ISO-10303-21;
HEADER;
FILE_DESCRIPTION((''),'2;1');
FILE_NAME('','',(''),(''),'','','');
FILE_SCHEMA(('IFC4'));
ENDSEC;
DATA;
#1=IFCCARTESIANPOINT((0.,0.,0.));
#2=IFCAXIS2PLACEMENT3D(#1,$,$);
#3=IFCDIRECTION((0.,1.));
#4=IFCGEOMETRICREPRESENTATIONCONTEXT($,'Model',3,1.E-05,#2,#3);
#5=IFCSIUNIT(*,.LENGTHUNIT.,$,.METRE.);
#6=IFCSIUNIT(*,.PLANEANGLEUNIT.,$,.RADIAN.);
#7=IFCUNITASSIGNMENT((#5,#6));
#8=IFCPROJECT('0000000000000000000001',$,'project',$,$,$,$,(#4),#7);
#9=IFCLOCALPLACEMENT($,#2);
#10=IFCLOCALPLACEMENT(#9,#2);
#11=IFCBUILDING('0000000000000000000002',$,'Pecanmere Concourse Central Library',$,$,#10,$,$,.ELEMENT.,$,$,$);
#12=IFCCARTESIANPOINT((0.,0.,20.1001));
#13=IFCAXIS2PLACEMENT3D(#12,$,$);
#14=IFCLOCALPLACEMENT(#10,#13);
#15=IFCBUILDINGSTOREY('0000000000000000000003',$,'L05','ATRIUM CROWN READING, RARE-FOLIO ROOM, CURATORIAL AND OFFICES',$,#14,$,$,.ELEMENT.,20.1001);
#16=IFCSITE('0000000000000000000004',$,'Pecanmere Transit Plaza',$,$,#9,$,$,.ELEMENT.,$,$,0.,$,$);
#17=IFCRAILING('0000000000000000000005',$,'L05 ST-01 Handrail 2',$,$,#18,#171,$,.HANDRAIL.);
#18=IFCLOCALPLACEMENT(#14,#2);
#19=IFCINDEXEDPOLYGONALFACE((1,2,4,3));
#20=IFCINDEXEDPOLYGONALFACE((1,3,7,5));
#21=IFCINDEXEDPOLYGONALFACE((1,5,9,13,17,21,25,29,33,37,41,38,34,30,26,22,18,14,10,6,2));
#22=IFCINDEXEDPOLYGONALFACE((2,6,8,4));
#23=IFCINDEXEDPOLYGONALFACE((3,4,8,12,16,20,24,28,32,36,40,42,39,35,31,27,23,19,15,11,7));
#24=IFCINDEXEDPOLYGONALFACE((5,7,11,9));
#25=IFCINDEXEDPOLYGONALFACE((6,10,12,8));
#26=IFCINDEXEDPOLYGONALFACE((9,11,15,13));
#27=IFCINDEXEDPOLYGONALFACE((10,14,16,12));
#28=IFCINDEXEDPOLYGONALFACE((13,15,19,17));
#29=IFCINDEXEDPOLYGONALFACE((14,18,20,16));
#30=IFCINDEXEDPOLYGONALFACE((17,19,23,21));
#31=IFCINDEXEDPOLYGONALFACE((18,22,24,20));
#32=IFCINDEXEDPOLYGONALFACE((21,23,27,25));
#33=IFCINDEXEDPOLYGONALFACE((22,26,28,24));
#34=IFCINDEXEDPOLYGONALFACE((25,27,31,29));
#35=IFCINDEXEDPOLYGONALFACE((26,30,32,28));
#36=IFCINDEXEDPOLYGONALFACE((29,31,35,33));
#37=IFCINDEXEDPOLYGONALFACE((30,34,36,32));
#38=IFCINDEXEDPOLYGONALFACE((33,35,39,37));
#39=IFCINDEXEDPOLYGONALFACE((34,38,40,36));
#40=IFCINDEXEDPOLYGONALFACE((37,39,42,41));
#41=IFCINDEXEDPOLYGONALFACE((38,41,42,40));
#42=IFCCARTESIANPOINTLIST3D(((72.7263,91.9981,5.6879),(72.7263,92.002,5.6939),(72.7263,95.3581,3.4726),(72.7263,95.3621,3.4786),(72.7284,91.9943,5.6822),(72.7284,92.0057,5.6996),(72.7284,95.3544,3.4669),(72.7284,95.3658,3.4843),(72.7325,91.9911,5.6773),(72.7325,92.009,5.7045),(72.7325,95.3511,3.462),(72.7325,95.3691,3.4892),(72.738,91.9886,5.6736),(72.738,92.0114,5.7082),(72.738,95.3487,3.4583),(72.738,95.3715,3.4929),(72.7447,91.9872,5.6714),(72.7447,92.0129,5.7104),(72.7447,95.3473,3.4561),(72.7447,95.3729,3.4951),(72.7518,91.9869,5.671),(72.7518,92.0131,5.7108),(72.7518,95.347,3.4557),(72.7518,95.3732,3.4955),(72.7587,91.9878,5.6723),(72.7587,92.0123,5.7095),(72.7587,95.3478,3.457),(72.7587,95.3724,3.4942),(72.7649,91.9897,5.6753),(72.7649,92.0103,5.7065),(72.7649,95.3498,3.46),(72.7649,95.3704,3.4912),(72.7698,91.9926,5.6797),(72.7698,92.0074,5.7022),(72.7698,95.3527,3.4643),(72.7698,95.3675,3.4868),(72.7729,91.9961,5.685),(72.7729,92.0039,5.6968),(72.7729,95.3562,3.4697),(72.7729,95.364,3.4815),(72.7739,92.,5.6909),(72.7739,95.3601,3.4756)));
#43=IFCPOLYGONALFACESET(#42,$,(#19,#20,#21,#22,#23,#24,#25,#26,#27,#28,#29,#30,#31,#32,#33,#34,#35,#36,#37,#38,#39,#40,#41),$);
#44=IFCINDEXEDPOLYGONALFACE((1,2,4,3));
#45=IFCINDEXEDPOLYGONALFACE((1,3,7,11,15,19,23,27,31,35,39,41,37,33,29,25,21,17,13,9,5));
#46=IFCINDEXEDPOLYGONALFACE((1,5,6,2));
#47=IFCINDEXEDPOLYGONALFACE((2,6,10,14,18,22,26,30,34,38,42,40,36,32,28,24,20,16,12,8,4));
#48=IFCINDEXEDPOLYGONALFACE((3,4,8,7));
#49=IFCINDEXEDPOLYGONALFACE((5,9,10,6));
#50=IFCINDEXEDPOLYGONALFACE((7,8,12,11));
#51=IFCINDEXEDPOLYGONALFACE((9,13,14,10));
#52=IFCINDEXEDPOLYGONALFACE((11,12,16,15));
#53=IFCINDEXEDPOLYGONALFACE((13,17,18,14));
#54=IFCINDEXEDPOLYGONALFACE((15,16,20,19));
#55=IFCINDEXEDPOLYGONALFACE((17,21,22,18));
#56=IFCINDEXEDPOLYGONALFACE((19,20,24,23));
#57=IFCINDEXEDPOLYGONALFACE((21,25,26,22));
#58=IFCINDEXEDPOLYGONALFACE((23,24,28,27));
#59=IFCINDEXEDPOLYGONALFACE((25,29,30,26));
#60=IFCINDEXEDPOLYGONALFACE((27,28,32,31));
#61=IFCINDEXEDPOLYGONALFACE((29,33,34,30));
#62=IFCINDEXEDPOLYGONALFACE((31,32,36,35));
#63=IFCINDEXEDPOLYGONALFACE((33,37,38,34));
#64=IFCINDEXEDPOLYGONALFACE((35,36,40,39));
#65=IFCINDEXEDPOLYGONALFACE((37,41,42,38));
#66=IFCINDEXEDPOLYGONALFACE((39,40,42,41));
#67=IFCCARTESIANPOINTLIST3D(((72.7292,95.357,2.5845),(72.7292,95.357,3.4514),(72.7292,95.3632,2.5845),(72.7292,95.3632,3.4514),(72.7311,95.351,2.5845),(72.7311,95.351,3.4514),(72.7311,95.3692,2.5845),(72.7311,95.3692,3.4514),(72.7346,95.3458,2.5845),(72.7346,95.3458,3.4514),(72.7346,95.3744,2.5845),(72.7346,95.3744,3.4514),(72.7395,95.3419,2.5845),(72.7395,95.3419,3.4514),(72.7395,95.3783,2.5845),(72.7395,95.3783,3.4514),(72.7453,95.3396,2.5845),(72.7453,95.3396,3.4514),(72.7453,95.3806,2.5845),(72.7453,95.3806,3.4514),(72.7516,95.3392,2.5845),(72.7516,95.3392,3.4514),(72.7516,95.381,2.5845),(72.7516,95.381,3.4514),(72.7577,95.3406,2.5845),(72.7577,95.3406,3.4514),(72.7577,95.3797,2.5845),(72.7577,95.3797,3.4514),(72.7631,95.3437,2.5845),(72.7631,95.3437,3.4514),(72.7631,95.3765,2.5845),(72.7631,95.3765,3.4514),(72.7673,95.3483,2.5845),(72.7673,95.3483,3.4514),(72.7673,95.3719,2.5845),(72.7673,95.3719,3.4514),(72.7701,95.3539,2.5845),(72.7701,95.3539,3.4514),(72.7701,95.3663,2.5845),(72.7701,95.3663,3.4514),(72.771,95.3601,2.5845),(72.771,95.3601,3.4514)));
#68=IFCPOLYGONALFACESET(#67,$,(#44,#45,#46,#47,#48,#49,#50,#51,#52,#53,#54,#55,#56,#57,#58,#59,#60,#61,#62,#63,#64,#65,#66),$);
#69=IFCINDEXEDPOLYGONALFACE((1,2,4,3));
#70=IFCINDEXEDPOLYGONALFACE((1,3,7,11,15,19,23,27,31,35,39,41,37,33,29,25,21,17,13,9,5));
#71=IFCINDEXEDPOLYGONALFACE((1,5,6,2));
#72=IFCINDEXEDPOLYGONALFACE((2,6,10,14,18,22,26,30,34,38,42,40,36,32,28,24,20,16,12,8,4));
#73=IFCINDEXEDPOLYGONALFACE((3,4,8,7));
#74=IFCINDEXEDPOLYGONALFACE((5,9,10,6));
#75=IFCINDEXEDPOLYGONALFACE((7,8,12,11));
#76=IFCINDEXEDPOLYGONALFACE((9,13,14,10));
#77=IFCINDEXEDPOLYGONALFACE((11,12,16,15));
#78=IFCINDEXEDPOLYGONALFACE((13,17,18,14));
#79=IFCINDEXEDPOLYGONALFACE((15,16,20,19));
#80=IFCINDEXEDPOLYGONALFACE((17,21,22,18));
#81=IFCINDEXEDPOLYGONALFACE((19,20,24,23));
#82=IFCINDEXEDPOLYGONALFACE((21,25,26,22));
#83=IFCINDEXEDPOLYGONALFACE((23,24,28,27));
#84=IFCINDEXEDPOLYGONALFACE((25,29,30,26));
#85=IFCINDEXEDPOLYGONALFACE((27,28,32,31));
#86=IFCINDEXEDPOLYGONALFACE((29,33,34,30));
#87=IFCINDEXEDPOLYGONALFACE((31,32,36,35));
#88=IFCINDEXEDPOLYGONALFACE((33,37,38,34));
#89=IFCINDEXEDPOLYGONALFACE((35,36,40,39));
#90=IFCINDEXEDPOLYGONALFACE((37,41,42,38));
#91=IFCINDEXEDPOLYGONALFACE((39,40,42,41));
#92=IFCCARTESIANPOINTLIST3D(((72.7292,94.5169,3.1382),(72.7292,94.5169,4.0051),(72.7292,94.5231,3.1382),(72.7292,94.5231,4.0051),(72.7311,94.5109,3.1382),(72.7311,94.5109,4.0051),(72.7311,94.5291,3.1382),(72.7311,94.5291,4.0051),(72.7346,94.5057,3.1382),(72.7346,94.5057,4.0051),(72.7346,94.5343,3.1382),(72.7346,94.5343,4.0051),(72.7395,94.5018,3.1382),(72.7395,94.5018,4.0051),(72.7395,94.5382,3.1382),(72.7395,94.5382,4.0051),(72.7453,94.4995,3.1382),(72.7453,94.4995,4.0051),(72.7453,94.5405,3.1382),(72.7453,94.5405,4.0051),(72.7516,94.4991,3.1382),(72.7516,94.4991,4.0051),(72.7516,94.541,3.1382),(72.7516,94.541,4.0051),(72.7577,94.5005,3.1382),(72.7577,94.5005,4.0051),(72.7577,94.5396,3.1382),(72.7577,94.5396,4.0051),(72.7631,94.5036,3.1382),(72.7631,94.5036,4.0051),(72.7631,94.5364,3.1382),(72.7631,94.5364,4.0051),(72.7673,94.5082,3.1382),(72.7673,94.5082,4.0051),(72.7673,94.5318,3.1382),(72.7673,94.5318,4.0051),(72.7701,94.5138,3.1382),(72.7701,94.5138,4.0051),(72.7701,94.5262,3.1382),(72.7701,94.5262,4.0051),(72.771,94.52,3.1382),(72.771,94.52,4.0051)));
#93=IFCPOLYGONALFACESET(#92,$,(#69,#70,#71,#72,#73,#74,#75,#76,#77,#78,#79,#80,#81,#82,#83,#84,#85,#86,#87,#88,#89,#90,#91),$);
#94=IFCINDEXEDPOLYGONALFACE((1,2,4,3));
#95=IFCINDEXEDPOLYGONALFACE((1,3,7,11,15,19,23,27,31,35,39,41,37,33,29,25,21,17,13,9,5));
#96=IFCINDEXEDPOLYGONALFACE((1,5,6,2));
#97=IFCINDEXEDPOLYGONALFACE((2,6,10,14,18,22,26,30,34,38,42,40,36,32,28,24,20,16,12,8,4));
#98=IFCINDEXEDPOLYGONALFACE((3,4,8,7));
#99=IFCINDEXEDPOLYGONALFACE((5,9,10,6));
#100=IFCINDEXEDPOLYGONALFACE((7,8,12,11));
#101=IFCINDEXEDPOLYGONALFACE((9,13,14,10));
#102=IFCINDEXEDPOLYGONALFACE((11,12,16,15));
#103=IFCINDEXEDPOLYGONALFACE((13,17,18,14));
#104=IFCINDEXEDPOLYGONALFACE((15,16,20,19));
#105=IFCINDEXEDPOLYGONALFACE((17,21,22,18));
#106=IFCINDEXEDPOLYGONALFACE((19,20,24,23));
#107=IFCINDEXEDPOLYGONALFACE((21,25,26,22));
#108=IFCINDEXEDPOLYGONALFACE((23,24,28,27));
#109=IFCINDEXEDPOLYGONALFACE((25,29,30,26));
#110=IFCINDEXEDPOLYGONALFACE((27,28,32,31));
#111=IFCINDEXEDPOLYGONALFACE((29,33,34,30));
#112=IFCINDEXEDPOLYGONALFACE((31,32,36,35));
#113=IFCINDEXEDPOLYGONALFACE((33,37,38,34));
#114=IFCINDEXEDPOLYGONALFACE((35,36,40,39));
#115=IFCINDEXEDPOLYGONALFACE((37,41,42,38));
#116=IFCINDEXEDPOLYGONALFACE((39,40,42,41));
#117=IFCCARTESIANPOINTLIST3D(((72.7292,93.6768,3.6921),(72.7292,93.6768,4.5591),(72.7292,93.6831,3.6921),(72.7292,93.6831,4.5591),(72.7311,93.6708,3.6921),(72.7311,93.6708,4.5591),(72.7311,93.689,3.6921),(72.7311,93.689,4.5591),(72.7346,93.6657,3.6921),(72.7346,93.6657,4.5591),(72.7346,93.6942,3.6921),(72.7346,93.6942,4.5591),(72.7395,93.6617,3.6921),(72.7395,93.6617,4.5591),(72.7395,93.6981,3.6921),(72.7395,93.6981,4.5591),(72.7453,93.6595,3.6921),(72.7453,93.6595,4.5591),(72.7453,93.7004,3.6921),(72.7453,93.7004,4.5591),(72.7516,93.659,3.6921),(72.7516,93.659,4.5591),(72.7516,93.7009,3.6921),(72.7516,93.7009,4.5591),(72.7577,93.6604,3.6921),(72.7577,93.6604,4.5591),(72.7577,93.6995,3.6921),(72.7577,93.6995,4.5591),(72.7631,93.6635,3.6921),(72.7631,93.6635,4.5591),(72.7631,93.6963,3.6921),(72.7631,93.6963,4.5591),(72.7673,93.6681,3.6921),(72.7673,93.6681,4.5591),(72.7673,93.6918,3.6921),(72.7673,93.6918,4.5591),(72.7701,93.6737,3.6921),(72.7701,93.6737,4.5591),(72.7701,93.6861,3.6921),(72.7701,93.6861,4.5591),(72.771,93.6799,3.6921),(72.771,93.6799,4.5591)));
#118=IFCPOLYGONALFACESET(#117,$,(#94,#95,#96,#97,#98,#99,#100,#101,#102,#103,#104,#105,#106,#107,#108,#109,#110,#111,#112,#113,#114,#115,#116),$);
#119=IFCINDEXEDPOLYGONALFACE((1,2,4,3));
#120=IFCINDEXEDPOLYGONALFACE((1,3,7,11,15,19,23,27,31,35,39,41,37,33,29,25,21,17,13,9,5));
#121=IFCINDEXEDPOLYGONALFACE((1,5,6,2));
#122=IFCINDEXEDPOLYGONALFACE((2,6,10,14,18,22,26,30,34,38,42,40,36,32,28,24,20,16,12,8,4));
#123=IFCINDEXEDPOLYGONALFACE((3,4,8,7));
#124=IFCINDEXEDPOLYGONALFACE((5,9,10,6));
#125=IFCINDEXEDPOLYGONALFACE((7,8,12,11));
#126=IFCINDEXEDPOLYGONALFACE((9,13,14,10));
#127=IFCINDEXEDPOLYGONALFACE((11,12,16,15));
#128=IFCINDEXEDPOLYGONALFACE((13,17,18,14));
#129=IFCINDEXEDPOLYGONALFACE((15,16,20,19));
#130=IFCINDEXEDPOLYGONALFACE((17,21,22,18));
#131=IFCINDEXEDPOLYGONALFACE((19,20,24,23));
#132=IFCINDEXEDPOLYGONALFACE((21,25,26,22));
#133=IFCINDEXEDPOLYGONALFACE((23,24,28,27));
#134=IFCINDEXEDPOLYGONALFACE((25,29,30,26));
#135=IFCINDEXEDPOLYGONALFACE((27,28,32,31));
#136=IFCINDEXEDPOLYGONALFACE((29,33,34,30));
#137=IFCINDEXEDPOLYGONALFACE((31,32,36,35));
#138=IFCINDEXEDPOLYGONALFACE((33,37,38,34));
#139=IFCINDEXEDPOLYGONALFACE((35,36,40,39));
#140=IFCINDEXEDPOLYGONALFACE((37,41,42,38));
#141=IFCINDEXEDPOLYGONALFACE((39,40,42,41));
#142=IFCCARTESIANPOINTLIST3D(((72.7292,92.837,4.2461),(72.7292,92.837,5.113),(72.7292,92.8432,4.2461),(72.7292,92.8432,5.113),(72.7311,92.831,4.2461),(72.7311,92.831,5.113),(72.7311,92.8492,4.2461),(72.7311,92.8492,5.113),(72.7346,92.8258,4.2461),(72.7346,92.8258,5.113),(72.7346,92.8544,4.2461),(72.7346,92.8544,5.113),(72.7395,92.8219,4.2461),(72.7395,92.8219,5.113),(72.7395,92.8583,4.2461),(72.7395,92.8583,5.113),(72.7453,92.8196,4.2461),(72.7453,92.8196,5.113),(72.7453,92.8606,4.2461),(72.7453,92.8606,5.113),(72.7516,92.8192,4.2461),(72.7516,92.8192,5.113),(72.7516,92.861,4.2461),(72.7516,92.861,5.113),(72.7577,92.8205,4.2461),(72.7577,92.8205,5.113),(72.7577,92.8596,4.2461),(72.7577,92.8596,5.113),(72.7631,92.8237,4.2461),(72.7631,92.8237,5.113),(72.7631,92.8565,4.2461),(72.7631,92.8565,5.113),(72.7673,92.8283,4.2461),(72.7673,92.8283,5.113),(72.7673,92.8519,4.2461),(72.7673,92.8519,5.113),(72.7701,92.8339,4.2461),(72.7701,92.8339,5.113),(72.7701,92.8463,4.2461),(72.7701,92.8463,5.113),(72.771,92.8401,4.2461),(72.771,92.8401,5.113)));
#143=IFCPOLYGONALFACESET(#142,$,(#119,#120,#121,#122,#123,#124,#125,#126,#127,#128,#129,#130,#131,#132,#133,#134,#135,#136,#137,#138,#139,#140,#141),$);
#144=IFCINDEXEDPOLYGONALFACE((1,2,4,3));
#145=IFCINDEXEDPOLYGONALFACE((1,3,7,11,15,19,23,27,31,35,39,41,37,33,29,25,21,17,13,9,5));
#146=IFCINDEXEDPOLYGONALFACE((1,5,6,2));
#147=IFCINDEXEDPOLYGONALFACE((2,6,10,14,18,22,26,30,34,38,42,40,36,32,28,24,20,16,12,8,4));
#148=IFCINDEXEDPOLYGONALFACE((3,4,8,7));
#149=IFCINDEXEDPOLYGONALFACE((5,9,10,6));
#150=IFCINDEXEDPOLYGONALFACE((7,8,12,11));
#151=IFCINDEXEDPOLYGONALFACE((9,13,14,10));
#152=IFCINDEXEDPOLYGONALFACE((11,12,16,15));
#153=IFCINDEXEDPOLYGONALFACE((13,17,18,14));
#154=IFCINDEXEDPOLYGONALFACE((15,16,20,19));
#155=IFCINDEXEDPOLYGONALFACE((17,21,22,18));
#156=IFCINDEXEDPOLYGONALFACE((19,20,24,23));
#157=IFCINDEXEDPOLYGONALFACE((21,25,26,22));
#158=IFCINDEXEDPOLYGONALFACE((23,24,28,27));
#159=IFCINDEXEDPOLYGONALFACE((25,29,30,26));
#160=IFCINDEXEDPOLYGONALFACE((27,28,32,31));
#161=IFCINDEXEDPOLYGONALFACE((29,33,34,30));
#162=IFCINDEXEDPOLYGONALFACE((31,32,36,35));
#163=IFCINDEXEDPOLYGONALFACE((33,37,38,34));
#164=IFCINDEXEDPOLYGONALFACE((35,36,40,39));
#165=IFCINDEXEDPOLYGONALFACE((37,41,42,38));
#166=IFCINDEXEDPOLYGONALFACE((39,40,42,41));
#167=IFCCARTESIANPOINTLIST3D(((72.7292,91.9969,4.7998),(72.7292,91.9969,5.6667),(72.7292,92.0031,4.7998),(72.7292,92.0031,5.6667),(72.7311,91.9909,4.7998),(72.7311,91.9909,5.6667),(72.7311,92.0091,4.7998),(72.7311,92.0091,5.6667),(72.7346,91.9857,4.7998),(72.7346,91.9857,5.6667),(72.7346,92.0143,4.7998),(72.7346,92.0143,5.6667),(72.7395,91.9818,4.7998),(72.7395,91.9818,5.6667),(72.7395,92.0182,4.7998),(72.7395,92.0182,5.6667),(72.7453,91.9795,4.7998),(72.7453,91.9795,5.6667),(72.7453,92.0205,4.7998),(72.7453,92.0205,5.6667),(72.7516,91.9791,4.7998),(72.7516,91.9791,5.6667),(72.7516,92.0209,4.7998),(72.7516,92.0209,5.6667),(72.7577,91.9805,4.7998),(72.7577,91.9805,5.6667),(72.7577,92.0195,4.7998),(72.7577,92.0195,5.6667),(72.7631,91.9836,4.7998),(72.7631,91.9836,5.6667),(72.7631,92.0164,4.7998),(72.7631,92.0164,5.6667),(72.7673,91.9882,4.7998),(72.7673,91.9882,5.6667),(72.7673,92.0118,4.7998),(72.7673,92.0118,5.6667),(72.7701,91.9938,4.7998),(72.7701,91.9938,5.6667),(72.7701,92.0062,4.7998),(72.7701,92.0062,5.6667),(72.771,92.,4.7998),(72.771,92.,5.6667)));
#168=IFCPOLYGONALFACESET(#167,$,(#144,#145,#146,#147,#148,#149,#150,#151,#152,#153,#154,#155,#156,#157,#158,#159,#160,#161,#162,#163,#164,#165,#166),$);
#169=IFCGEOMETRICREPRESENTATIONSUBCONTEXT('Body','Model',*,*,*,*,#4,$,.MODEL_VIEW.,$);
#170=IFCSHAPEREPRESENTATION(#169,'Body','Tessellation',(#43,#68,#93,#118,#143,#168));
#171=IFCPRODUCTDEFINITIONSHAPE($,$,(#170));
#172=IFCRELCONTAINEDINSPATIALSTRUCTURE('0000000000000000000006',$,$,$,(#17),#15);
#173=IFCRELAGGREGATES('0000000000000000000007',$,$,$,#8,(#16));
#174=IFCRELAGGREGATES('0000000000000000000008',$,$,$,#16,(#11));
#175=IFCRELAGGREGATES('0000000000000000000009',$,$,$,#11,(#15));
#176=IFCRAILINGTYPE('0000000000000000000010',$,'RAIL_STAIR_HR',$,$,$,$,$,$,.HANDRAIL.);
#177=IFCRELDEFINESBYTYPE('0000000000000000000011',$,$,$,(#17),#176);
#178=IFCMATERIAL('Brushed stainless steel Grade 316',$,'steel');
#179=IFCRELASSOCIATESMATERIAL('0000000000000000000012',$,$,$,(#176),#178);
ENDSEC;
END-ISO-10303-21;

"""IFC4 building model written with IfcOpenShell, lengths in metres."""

from ifc_helpers import new_model, si_unit, direction, frame, origin, origin_2d, place, context, subcontext, project, spatial, circle, extrude, material, type_object, element, save


model = new_model("IFC4")

# Units and contexts
model_context = context("Model", 3, precision=1e-05, world=origin(), true_north=direction((0.0, 1.0)))
body_context = subcontext(model_context, "Body", "Model", "MODEL_VIEW")
ifc_project = project(units=[si_unit("LENGTHUNIT", "METRE"), si_unit("PLANEANGLEUNIT", "RADIAN")], contexts=[model_context])

# Site, building, storey
site_placement = place(None, origin())
site = spatial("IfcSite", under=ifc_project, at=site_placement, Name="Pecanmere Transit Plaza", CompositionType="ELEMENT", RefElevation=0.0)
building_placement = place(site_placement, origin())
building = spatial("IfcBuilding", under=site, at=building_placement, Name="Pecanmere Concourse Central Library", CompositionType="ELEMENT")
storey_placement = place(building_placement, frame((0.0, 0.0, 20.1001)))
storey = spatial("IfcBuildingStorey", under=building, at=storey_placement, Name="L05", Description="ATRIUM CROWN READING, RARE-FOLIO ROOM, CURATORIAL AND OFFICES", CompositionType="ELEMENT", Elevation=20.1001)

# Railing
ifc_material_1 = material(Name="Brushed stainless steel Grade 316", Category="steel")
railing_type_1 = type_object("IfcRailingType", Name="RAIL_STAIR_HR", PredefinedType="HANDRAIL", material=ifc_material_1)
railing_1_placement = place(storey_placement, frame((72.75, 95.3601, 2.5845)))
element("IfcRailing", 1, at=railing_1_placement, inside=storey, type_object=railing_type_1, Name="L05 ST-01 Handrail 2", PredefinedType="HANDRAIL", context=body_context, shape_type="SweptSolid", body=[
    extrude(circle(Radius=0.0239, at=origin_2d()), frame((0.0, 0.0, 0.8911), z_axis=(0.0, -0.834876, 0.550437), x_axis=(1.0, 0.0, 0.0)), (0.0, 0.0, 1.0), 4.0247),
    extrude(circle(Radius=0.021, at=origin_2d()), origin(), (0.0, 0.0, 1.0), 0.8669),
    extrude(circle(Radius=0.021, at=origin_2d()), frame((0.0, -0.8401, 0.5537)), (0.0, 0.0, 1.0), 0.8669),
    extrude(circle(Radius=0.021, at=origin_2d()), frame((0.0, -1.6802, 1.1077)), (0.0, 0.0, 1.0), 0.8669),
    extrude(circle(Radius=0.021, at=origin_2d()), frame((0.0, -2.52, 1.6616)), (0.0, 0.0, 1.0), 0.8669),
    extrude(circle(Radius=0.021, at=origin_2d()), frame((0.0, -3.3601, 2.2153)), (0.0, 0.0, 1.0), 0.8669),
])

save(model, "model.ifc")
